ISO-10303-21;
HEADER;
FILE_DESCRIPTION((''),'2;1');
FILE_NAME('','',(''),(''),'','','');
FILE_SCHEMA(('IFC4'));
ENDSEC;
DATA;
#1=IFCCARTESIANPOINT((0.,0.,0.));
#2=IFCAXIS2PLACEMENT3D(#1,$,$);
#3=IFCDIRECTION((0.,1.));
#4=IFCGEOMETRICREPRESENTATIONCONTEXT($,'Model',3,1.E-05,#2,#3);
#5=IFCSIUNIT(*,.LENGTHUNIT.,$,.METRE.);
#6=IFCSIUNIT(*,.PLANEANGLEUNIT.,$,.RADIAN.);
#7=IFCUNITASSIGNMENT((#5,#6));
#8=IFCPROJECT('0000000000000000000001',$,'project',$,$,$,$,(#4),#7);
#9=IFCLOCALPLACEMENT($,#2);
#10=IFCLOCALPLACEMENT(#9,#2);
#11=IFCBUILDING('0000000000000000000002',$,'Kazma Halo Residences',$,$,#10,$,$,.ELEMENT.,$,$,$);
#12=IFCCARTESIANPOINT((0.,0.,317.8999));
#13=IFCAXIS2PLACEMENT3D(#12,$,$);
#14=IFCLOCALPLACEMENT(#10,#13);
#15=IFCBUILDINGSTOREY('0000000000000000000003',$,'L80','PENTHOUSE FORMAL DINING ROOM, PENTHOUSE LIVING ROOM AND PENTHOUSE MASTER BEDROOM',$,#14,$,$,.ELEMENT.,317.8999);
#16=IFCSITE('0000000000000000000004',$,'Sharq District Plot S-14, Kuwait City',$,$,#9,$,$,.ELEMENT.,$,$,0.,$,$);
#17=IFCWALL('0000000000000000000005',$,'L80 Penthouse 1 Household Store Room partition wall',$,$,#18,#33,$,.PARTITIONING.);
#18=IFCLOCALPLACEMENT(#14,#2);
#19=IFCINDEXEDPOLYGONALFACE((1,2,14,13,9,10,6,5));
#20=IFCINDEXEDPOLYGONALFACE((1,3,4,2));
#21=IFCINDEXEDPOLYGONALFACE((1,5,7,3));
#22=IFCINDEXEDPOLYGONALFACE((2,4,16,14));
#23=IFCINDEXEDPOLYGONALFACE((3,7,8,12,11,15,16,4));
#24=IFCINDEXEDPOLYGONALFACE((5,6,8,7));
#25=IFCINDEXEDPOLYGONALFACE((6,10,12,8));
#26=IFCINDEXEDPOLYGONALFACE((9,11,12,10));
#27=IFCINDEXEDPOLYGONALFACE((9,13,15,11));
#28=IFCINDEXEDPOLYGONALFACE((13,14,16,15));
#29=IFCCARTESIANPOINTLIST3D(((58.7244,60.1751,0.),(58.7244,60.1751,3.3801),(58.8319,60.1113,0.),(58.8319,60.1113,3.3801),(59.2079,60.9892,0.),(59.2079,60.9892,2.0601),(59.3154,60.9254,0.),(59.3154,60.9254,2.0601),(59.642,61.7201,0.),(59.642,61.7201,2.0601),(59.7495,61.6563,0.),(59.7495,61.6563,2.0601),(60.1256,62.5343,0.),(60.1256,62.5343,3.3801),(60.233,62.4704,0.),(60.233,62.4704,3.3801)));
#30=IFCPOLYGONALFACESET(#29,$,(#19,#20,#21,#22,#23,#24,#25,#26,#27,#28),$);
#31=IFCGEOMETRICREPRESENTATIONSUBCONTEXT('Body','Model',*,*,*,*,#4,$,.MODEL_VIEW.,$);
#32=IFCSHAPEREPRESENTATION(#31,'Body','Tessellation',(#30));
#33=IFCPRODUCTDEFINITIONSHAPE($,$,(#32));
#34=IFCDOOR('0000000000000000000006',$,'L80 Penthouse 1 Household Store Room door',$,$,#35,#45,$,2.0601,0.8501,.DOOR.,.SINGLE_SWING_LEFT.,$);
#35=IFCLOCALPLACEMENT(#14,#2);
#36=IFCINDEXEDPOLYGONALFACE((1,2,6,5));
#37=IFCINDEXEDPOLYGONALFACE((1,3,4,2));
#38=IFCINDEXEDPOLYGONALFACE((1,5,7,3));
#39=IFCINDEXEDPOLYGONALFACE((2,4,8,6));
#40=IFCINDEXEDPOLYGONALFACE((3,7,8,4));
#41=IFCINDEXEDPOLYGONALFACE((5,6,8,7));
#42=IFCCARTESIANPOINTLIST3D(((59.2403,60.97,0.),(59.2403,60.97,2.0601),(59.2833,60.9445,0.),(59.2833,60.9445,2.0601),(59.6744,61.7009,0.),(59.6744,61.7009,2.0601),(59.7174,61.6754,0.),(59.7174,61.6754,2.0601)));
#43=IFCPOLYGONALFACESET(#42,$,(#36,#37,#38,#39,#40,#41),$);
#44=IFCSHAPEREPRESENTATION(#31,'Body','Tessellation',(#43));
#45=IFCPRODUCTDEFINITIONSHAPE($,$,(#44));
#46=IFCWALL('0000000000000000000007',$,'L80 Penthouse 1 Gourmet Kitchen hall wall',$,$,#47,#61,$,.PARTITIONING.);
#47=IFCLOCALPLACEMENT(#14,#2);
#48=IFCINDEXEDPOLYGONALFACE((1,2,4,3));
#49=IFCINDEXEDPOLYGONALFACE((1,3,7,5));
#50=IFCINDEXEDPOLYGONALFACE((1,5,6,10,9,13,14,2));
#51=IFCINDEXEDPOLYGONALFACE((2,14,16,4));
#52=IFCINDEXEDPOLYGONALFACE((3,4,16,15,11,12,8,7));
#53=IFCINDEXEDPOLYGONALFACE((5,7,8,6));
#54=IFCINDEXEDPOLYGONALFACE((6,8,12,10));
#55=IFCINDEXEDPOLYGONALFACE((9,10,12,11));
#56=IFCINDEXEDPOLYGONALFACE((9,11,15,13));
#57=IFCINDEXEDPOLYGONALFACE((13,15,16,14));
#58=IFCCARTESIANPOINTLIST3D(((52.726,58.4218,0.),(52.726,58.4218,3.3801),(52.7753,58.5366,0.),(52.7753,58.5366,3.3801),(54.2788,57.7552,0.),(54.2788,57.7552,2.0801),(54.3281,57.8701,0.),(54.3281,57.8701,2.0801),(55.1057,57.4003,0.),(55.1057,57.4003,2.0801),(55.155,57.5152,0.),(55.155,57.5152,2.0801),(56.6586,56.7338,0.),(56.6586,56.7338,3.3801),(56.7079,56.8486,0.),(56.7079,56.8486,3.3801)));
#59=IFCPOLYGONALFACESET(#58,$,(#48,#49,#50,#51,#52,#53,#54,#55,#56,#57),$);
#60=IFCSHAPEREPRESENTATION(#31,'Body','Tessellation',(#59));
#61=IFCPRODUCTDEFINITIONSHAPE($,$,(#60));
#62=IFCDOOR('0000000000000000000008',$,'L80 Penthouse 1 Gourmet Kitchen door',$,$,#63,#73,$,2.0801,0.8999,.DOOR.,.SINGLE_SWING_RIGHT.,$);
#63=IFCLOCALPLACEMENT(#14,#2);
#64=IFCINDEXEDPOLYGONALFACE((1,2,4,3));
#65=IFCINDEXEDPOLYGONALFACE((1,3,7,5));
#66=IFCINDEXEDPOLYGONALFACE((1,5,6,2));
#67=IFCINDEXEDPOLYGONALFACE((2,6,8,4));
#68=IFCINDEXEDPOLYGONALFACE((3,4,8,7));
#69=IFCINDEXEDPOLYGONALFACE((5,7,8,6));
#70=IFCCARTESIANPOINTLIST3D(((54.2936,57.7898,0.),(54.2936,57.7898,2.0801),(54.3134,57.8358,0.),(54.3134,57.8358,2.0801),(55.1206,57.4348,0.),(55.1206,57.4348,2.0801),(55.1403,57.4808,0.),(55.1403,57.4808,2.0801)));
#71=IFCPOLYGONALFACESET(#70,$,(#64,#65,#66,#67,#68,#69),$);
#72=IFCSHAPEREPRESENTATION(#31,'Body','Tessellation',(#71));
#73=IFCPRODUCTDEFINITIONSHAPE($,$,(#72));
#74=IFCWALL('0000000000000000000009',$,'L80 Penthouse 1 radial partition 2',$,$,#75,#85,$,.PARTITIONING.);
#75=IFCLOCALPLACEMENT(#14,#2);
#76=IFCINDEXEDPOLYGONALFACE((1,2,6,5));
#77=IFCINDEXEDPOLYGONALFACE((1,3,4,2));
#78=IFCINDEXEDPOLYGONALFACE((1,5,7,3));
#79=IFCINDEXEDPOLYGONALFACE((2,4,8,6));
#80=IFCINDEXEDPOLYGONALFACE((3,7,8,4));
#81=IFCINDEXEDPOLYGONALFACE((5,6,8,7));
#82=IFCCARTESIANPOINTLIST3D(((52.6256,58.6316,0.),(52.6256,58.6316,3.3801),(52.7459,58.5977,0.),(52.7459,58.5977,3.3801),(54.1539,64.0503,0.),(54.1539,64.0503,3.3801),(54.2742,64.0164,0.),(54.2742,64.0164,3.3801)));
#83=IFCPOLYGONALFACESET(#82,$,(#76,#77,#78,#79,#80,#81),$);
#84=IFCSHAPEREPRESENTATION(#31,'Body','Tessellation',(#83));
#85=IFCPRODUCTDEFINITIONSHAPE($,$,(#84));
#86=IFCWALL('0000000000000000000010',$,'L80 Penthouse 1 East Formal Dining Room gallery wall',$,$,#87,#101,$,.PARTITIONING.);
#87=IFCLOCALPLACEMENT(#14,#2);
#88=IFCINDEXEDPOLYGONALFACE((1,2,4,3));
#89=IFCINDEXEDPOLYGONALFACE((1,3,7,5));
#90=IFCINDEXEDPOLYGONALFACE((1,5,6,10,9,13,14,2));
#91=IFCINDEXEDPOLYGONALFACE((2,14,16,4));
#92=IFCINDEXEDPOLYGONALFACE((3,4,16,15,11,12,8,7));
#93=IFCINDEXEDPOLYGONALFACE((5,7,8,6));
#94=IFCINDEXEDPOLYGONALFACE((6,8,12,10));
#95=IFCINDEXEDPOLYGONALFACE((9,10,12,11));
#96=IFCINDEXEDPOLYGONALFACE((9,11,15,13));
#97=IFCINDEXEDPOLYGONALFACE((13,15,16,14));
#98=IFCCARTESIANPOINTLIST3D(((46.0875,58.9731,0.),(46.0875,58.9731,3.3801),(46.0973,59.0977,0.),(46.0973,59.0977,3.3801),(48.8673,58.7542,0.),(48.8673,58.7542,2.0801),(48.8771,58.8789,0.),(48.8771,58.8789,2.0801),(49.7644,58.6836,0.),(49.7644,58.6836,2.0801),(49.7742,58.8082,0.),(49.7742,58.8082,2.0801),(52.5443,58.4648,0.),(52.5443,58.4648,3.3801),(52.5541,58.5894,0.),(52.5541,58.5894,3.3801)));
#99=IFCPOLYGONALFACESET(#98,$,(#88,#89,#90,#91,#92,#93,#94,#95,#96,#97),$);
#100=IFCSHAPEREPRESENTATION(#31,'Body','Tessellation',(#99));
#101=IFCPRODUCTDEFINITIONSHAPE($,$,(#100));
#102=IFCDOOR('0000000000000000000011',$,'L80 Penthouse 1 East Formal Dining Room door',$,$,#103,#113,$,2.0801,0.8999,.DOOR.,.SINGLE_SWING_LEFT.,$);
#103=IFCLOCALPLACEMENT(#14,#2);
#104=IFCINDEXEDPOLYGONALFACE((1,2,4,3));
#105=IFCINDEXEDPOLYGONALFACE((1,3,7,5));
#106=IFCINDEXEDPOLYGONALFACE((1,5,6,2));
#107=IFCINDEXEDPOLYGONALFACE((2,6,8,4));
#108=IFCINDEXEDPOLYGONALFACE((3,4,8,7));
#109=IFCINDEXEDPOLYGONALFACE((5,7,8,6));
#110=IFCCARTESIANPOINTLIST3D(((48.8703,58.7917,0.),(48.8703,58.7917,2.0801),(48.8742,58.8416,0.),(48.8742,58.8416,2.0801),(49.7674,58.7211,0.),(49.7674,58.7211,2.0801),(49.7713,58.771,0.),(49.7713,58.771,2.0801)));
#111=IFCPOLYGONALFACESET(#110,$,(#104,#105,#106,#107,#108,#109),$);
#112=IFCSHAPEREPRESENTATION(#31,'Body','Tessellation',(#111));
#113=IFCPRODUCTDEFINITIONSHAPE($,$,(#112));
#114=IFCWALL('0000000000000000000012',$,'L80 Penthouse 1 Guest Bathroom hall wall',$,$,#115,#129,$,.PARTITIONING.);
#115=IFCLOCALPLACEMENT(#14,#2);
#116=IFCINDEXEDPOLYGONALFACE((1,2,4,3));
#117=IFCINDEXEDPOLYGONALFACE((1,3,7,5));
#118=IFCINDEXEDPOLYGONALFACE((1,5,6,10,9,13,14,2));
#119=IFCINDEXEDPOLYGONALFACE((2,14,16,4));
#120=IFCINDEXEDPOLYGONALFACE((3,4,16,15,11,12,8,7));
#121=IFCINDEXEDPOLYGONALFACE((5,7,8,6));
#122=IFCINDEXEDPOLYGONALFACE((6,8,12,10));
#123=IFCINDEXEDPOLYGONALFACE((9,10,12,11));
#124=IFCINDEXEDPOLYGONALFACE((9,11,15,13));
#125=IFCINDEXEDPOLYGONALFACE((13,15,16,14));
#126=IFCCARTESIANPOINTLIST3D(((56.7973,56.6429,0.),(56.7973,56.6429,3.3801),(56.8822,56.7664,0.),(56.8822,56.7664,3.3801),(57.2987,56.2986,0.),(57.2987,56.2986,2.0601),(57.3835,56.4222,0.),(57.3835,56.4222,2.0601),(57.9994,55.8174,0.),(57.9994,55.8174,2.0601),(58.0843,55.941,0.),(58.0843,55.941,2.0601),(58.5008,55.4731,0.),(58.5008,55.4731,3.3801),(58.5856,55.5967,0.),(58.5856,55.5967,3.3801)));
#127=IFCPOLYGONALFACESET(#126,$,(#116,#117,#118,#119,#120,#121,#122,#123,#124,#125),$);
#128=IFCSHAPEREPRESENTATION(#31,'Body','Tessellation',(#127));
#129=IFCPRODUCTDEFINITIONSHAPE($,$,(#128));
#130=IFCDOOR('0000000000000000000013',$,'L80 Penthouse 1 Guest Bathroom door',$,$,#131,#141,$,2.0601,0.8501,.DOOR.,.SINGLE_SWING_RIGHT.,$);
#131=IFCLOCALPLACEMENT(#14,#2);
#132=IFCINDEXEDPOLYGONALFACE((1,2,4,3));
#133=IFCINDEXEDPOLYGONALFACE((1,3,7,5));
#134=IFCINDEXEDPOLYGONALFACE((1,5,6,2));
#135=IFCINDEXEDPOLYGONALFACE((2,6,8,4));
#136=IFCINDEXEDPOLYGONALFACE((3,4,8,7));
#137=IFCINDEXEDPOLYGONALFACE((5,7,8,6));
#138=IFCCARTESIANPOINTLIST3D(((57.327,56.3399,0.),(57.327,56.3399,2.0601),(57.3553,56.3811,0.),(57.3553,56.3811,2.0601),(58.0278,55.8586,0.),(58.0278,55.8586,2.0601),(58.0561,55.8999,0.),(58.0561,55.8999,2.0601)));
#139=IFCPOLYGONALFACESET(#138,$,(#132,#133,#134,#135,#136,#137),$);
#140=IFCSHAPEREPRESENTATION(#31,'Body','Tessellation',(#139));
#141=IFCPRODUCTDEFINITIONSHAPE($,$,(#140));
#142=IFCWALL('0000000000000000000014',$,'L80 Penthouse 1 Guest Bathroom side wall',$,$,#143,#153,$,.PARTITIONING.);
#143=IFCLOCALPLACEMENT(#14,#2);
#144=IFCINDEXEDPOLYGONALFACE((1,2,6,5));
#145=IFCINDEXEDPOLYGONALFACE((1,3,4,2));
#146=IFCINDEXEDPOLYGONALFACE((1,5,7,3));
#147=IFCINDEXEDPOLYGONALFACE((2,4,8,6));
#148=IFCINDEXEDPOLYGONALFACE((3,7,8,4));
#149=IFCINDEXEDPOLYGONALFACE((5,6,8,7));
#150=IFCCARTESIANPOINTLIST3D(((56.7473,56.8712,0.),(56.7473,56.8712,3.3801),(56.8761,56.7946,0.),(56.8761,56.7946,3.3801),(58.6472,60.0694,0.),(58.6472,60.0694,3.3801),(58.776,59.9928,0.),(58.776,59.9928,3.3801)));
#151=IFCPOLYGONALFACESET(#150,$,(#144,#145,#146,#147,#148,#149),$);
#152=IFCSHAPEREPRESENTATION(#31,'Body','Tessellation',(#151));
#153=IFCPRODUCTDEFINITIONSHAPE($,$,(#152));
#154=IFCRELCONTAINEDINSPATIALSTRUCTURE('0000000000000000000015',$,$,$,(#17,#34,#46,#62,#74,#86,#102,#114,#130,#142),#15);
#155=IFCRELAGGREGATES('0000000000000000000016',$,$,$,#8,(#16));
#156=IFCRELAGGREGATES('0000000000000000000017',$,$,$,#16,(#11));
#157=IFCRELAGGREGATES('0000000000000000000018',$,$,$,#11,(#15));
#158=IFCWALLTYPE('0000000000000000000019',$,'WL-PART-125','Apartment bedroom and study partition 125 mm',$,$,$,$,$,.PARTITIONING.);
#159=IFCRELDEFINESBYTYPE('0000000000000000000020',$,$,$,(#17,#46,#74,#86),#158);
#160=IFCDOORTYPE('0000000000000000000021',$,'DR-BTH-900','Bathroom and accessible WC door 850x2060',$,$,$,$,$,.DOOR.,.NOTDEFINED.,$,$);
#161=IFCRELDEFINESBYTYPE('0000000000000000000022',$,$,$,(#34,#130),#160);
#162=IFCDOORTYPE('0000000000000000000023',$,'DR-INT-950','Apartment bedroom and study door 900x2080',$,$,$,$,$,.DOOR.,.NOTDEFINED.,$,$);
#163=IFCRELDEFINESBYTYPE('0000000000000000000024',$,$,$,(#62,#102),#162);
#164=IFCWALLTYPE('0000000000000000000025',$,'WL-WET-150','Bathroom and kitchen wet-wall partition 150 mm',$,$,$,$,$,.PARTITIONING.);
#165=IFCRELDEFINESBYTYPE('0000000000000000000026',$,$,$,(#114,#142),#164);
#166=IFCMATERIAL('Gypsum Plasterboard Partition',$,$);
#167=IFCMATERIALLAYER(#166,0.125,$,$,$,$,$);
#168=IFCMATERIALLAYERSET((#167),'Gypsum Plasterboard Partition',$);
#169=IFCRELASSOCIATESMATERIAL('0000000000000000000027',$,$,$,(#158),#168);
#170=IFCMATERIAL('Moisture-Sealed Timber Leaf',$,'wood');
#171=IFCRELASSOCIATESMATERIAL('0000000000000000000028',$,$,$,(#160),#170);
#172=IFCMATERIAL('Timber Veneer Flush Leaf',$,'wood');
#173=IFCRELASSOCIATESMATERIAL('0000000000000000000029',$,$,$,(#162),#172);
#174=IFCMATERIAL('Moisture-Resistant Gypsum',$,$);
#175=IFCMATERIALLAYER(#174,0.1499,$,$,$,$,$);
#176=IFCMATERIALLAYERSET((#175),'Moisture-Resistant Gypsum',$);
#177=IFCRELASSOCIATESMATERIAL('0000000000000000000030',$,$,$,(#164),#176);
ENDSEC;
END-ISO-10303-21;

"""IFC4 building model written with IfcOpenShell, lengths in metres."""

from ifc_helpers import new_model, si_unit, direction, frame, frame_2d, origin, place, context, subcontext, project, spatial, rectangle, extrude, material, layer, layer_set, type_object, element, fill, save


model = new_model("IFC4")

# Units and contexts
model_context = context("Model", 3, precision=1e-05, world=origin(), true_north=direction((0.0, 1.0)))
body_context = subcontext(model_context, "Body", "Model", "MODEL_VIEW")
ifc_project = project(units=[si_unit("LENGTHUNIT", "METRE"), si_unit("PLANEANGLEUNIT", "RADIAN")], contexts=[model_context])

# Site, building, storey
site_placement = place(None, origin())
site = spatial("IfcSite", under=ifc_project, at=site_placement, Name="Sharq District Plot S-14, Kuwait City", CompositionType="ELEMENT", RefElevation=0.0)
building_placement = place(site_placement, origin())
building = spatial("IfcBuilding", under=site, at=building_placement, Name="Kazma Halo Residences", CompositionType="ELEMENT")
storey_placement = place(building_placement, frame((0.0, 0.0, 317.8999)))
storey = spatial("IfcBuildingStorey", under=building, at=storey_placement, Name="L80", Description="PENTHOUSE FORMAL DINING ROOM, PENTHOUSE LIVING ROOM AND PENTHOUSE MASTER BEDROOM", CompositionType="ELEMENT", Elevation=317.8999)

# Walls, openings, doors
ifc_material_1 = material(Name="Gypsum Plasterboard Partition")
ifc_layer_1 = layer(ifc_material_1, 0.125)
ifc_layer_set_1 = layer_set([ifc_layer_1], Name="Gypsum Plasterboard Partition")
wall_type_1 = type_object("IfcWallType", Name="WL-PART-125", Description="Apartment bedroom and study partition 125 mm", PredefinedType="PARTITIONING", material=ifc_layer_set_1)
wall_1_placement = place(storey_placement, frame((58.7781, 60.1431, 0.0), z_axis=(0.0, 0.0, 1.0), x_axis=(0.510644, 0.859792, 0.0)))
wall_1 = element("IfcWall", 1, at=wall_1_placement, inside=storey, type_object=wall_type_1, Name="L80 Penthouse 1 Household Store Room partition wall", PredefinedType="PARTITIONING", context=body_context, shape_type="SweptSolid", body=[
    extrude(rectangle(XDim=2.7439, YDim=0.125, at=frame_2d((1.3721, 0.0))), origin(), (0.0, 0.0, 1.0), 3.3801),
])
opening_1_placement = place(wall_1_placement, frame((0.947, 0.0, 0.0)))
opening_1 = element("IfcOpeningElement", 2, at=opening_1_placement, cuts=wall_1, PredefinedType="OPENING", context=body_context, shape_type="SweptSolid", body=[
    extrude(rectangle(XDim=0.8501, YDim=2.0601, at=frame_2d((0.425, 1.03))), frame((0.0, 0.0725, 0.0), z_axis=(0.0, -1.0, 0.0), x_axis=(1.0, 0.0, 0.0)), (0.0, 0.0, 1.0), 0.145),
])
ifc_material_2 = material(Name="Moisture-Sealed Timber Leaf", Category="wood")
door_type_1 = type_object("IfcDoorType", Name="DR-BTH-900", Description="Bathroom and accessible WC door 850x2060", OperationType="NOTDEFINED", PredefinedType="DOOR", material=ifc_material_2)
door_1_placement = place(opening_1_placement, origin())
door_1 = element("IfcDoor", 3, at=door_1_placement, inside=storey, type_object=door_type_1, Name="L80 Penthouse 1 Household Store Room door", OperationType="SINGLE_SWING_LEFT", OverallHeight=2.0601, OverallWidth=0.8501, PredefinedType="DOOR", context=body_context, shape_type="SweptSolid", body=[
    extrude(rectangle(XDim=0.8501, YDim=2.0601, at=frame_2d((0.425, 1.03))), frame((0.0, 0.0249, 0.0), z_axis=(0.0, -1.0, 0.0), x_axis=(1.0, 0.0, 0.0)), (0.0, 0.0, 1.0), 0.05),
])
fill(opening_1, door_1)
wall_2_placement = place(storey_placement, frame((56.6831, 56.7913, 0.0), z_axis=(0.0, 0.0, 1.0), x_axis=(-0.918927, 0.394429, 0.0)))
wall_2 = element("IfcWall", 4, at=wall_2_placement, inside=storey, type_object=wall_type_1, Name="L80 Penthouse 1 Gourmet Kitchen hall wall", PredefinedType="PARTITIONING", context=body_context, shape_type="SweptSolid", body=[
    extrude(rectangle(XDim=4.2795, YDim=0.125, at=frame_2d((2.1396, 0.0))), origin(), (0.0, 0.0, 1.0), 3.3801),
])
opening_2_placement = place(wall_2_placement, frame((1.6897, 0.0, 0.0)))
opening_2 = element("IfcOpeningElement", 5, at=opening_2_placement, cuts=wall_2, PredefinedType="OPENING", context=body_context, shape_type="SweptSolid", body=[
    extrude(rectangle(XDim=0.8999, YDim=2.0801, at=frame_2d((0.45, 1.04))), frame((0.0, 0.0725, 0.0), z_axis=(0.0, -1.0, 0.0), x_axis=(1.0, 0.0, 0.0)), (0.0, 0.0, 1.0), 0.145),
])
ifc_material_3 = material(Name="Timber Veneer Flush Leaf", Category="wood")
door_type_2 = type_object("IfcDoorType", Name="DR-INT-950", Description="Apartment bedroom and study door 900x2080", OperationType="NOTDEFINED", PredefinedType="DOOR", material=ifc_material_3)
door_2_placement = place(opening_2_placement, origin())
door_2 = element("IfcDoor", 6, at=door_2_placement, inside=storey, type_object=door_type_2, Name="L80 Penthouse 1 Gourmet Kitchen door", OperationType="SINGLE_SWING_RIGHT", OverallHeight=2.0801, OverallWidth=0.8999, PredefinedType="DOOR", context=body_context, shape_type="SweptSolid", body=[
    extrude(rectangle(XDim=0.8999, YDim=2.0801, at=frame_2d((0.45, 1.04))), frame((0.0, 0.0249, 0.0), z_axis=(0.0, -1.0, 0.0), x_axis=(1.0, 0.0, 0.0)), (0.0, 0.0, 1.0), 0.05),
])
fill(opening_2, door_2)

# Wall
wall_3_placement = place(storey_placement, frame((52.6858, 58.6147, 0.0), z_axis=(0.0, 0.0, 1.0), x_axis=(0.271455, 0.962451, 0.0)))
element("IfcWall", 7, at=wall_3_placement, inside=storey, type_object=wall_type_1, Name="L80 Penthouse 1 radial partition 2", PredefinedType="PARTITIONING", context=body_context, shape_type="SweptSolid", body=[
    extrude(rectangle(XDim=5.6301, YDim=0.125, at=frame_2d((2.8149, 0.0))), origin(), (0.0, 0.0, 1.0), 3.3801),
])

# Walls, openings, doors
wall_4_placement = place(storey_placement, frame((52.5491, 58.5271, 0.0), z_axis=(0.0, 0.0, 1.0), x_axis=(-0.996916, 0.078481, 0.0)))
wall_4 = element("IfcWall", 8, at=wall_4_placement, inside=storey, type_object=wall_type_1, Name="L80 Penthouse 1 East Formal Dining Room gallery wall", PredefinedType="PARTITIONING", context=body_context, shape_type="SweptSolid", body=[
    extrude(rectangle(XDim=6.4768, YDim=0.125, at=frame_2d((3.2383, 0.0))), origin(), (0.0, 0.0, 1.0), 3.3801),
])
opening_3_placement = place(wall_4_placement, frame((2.7883, 0.0, 0.0)))
opening_3 = element("IfcOpeningElement", 9, at=opening_3_placement, cuts=wall_4, PredefinedType="OPENING", context=body_context, shape_type="SweptSolid", body=[
    extrude(rectangle(XDim=0.8999, YDim=2.0801, at=frame_2d((0.45, 1.04))), frame((0.0, 0.0725, 0.0), z_axis=(0.0, -1.0, 0.0), x_axis=(1.0, 0.0, 0.0)), (0.0, 0.0, 1.0), 0.145),
])
door_3_placement = place(opening_3_placement, origin())
door_3 = element("IfcDoor", 10, at=door_3_placement, inside=storey, type_object=door_type_2, Name="L80 Penthouse 1 East Formal Dining Room door", OperationType="SINGLE_SWING_LEFT", OverallHeight=2.0801, OverallWidth=0.8999, PredefinedType="DOOR", context=body_context, shape_type="SweptSolid", body=[
    extrude(rectangle(XDim=0.8999, YDim=2.0801, at=frame_2d((0.45, 1.04))), frame((0.0, 0.0249, 0.0), z_axis=(0.0, -1.0, 0.0), x_axis=(1.0, 0.0, 0.0)), (0.0, 0.0, 1.0), 0.05),
])
fill(opening_3, door_3)
ifc_material_4 = material(Name="Moisture-Resistant Gypsum")
ifc_layer_2 = layer(ifc_material_4, 0.1499)
ifc_layer_set_2 = layer_set([ifc_layer_2], Name="Moisture-Resistant Gypsum")
wall_type_2 = type_object("IfcWallType", Name="WL-WET-150", Description="Bathroom and kitchen wet-wall partition 150 mm", PredefinedType="PARTITIONING", material=ifc_layer_set_2)
wall_5_placement = place(storey_placement, frame((58.5432, 55.5349, 0.0), z_axis=(0.0, 0.0, 1.0), x_axis=(-0.824356, 0.566072, 0.0)))
wall_5 = element("IfcWall", 11, at=wall_5_placement, inside=storey, type_object=wall_type_2, Name="L80 Penthouse 1 Guest Bathroom hall wall", PredefinedType="PARTITIONING", context=body_context, shape_type="SweptSolid", body=[
    extrude(rectangle(XDim=2.0664, YDim=0.1499, at=frame_2d((1.0332, 0.0))), origin(), (0.0, 0.0, 1.0), 3.3801),
])
opening_4_placement = place(wall_5_placement, frame((0.6082, 0.0, 0.0)))
opening_4 = element("IfcOpeningElement", 12, at=opening_4_placement, cuts=wall_5, PredefinedType="OPENING", context=body_context, shape_type="SweptSolid", body=[
    extrude(rectangle(XDim=0.8501, YDim=2.0601, at=frame_2d((0.425, 1.03))), frame((0.0, 0.085, 0.0), z_axis=(0.0, -1.0, 0.0), x_axis=(1.0, 0.0, 0.0)), (0.0, 0.0, 1.0), 0.1699),
])
door_4_placement = place(opening_4_placement, origin())
door_4 = element("IfcDoor", 13, at=door_4_placement, inside=storey, type_object=door_type_1, Name="L80 Penthouse 1 Guest Bathroom door", OperationType="SINGLE_SWING_RIGHT", OverallHeight=2.0601, OverallWidth=0.8501, PredefinedType="DOOR", context=body_context, shape_type="SweptSolid", body=[
    extrude(rectangle(XDim=0.8501, YDim=2.0601, at=frame_2d((0.425, 1.03))), frame((0.0, 0.0249, 0.0), z_axis=(0.0, -1.0, 0.0), x_axis=(1.0, 0.0, 0.0)), (0.0, 0.0, 1.0), 0.05),
])
fill(opening_4, door_4)

# Wall
wall_6_placement = place(storey_placement, frame((56.8118, 56.833, 0.0), z_axis=(0.0, 0.0, 1.0), x_axis=(0.510727, 0.859743, 0.0)))
element("IfcWall", 14, at=wall_6_placement, inside=storey, type_object=wall_type_2, Name="L80 Penthouse 1 Guest Bathroom side wall", PredefinedType="PARTITIONING", context=body_context, shape_type="SweptSolid", body=[
    extrude(rectangle(XDim=3.72, YDim=0.1499, at=frame_2d((1.8599, 0.0))), origin(), (0.0, 0.0, 1.0), 3.3801),
])

save(model, "model.ifc")
